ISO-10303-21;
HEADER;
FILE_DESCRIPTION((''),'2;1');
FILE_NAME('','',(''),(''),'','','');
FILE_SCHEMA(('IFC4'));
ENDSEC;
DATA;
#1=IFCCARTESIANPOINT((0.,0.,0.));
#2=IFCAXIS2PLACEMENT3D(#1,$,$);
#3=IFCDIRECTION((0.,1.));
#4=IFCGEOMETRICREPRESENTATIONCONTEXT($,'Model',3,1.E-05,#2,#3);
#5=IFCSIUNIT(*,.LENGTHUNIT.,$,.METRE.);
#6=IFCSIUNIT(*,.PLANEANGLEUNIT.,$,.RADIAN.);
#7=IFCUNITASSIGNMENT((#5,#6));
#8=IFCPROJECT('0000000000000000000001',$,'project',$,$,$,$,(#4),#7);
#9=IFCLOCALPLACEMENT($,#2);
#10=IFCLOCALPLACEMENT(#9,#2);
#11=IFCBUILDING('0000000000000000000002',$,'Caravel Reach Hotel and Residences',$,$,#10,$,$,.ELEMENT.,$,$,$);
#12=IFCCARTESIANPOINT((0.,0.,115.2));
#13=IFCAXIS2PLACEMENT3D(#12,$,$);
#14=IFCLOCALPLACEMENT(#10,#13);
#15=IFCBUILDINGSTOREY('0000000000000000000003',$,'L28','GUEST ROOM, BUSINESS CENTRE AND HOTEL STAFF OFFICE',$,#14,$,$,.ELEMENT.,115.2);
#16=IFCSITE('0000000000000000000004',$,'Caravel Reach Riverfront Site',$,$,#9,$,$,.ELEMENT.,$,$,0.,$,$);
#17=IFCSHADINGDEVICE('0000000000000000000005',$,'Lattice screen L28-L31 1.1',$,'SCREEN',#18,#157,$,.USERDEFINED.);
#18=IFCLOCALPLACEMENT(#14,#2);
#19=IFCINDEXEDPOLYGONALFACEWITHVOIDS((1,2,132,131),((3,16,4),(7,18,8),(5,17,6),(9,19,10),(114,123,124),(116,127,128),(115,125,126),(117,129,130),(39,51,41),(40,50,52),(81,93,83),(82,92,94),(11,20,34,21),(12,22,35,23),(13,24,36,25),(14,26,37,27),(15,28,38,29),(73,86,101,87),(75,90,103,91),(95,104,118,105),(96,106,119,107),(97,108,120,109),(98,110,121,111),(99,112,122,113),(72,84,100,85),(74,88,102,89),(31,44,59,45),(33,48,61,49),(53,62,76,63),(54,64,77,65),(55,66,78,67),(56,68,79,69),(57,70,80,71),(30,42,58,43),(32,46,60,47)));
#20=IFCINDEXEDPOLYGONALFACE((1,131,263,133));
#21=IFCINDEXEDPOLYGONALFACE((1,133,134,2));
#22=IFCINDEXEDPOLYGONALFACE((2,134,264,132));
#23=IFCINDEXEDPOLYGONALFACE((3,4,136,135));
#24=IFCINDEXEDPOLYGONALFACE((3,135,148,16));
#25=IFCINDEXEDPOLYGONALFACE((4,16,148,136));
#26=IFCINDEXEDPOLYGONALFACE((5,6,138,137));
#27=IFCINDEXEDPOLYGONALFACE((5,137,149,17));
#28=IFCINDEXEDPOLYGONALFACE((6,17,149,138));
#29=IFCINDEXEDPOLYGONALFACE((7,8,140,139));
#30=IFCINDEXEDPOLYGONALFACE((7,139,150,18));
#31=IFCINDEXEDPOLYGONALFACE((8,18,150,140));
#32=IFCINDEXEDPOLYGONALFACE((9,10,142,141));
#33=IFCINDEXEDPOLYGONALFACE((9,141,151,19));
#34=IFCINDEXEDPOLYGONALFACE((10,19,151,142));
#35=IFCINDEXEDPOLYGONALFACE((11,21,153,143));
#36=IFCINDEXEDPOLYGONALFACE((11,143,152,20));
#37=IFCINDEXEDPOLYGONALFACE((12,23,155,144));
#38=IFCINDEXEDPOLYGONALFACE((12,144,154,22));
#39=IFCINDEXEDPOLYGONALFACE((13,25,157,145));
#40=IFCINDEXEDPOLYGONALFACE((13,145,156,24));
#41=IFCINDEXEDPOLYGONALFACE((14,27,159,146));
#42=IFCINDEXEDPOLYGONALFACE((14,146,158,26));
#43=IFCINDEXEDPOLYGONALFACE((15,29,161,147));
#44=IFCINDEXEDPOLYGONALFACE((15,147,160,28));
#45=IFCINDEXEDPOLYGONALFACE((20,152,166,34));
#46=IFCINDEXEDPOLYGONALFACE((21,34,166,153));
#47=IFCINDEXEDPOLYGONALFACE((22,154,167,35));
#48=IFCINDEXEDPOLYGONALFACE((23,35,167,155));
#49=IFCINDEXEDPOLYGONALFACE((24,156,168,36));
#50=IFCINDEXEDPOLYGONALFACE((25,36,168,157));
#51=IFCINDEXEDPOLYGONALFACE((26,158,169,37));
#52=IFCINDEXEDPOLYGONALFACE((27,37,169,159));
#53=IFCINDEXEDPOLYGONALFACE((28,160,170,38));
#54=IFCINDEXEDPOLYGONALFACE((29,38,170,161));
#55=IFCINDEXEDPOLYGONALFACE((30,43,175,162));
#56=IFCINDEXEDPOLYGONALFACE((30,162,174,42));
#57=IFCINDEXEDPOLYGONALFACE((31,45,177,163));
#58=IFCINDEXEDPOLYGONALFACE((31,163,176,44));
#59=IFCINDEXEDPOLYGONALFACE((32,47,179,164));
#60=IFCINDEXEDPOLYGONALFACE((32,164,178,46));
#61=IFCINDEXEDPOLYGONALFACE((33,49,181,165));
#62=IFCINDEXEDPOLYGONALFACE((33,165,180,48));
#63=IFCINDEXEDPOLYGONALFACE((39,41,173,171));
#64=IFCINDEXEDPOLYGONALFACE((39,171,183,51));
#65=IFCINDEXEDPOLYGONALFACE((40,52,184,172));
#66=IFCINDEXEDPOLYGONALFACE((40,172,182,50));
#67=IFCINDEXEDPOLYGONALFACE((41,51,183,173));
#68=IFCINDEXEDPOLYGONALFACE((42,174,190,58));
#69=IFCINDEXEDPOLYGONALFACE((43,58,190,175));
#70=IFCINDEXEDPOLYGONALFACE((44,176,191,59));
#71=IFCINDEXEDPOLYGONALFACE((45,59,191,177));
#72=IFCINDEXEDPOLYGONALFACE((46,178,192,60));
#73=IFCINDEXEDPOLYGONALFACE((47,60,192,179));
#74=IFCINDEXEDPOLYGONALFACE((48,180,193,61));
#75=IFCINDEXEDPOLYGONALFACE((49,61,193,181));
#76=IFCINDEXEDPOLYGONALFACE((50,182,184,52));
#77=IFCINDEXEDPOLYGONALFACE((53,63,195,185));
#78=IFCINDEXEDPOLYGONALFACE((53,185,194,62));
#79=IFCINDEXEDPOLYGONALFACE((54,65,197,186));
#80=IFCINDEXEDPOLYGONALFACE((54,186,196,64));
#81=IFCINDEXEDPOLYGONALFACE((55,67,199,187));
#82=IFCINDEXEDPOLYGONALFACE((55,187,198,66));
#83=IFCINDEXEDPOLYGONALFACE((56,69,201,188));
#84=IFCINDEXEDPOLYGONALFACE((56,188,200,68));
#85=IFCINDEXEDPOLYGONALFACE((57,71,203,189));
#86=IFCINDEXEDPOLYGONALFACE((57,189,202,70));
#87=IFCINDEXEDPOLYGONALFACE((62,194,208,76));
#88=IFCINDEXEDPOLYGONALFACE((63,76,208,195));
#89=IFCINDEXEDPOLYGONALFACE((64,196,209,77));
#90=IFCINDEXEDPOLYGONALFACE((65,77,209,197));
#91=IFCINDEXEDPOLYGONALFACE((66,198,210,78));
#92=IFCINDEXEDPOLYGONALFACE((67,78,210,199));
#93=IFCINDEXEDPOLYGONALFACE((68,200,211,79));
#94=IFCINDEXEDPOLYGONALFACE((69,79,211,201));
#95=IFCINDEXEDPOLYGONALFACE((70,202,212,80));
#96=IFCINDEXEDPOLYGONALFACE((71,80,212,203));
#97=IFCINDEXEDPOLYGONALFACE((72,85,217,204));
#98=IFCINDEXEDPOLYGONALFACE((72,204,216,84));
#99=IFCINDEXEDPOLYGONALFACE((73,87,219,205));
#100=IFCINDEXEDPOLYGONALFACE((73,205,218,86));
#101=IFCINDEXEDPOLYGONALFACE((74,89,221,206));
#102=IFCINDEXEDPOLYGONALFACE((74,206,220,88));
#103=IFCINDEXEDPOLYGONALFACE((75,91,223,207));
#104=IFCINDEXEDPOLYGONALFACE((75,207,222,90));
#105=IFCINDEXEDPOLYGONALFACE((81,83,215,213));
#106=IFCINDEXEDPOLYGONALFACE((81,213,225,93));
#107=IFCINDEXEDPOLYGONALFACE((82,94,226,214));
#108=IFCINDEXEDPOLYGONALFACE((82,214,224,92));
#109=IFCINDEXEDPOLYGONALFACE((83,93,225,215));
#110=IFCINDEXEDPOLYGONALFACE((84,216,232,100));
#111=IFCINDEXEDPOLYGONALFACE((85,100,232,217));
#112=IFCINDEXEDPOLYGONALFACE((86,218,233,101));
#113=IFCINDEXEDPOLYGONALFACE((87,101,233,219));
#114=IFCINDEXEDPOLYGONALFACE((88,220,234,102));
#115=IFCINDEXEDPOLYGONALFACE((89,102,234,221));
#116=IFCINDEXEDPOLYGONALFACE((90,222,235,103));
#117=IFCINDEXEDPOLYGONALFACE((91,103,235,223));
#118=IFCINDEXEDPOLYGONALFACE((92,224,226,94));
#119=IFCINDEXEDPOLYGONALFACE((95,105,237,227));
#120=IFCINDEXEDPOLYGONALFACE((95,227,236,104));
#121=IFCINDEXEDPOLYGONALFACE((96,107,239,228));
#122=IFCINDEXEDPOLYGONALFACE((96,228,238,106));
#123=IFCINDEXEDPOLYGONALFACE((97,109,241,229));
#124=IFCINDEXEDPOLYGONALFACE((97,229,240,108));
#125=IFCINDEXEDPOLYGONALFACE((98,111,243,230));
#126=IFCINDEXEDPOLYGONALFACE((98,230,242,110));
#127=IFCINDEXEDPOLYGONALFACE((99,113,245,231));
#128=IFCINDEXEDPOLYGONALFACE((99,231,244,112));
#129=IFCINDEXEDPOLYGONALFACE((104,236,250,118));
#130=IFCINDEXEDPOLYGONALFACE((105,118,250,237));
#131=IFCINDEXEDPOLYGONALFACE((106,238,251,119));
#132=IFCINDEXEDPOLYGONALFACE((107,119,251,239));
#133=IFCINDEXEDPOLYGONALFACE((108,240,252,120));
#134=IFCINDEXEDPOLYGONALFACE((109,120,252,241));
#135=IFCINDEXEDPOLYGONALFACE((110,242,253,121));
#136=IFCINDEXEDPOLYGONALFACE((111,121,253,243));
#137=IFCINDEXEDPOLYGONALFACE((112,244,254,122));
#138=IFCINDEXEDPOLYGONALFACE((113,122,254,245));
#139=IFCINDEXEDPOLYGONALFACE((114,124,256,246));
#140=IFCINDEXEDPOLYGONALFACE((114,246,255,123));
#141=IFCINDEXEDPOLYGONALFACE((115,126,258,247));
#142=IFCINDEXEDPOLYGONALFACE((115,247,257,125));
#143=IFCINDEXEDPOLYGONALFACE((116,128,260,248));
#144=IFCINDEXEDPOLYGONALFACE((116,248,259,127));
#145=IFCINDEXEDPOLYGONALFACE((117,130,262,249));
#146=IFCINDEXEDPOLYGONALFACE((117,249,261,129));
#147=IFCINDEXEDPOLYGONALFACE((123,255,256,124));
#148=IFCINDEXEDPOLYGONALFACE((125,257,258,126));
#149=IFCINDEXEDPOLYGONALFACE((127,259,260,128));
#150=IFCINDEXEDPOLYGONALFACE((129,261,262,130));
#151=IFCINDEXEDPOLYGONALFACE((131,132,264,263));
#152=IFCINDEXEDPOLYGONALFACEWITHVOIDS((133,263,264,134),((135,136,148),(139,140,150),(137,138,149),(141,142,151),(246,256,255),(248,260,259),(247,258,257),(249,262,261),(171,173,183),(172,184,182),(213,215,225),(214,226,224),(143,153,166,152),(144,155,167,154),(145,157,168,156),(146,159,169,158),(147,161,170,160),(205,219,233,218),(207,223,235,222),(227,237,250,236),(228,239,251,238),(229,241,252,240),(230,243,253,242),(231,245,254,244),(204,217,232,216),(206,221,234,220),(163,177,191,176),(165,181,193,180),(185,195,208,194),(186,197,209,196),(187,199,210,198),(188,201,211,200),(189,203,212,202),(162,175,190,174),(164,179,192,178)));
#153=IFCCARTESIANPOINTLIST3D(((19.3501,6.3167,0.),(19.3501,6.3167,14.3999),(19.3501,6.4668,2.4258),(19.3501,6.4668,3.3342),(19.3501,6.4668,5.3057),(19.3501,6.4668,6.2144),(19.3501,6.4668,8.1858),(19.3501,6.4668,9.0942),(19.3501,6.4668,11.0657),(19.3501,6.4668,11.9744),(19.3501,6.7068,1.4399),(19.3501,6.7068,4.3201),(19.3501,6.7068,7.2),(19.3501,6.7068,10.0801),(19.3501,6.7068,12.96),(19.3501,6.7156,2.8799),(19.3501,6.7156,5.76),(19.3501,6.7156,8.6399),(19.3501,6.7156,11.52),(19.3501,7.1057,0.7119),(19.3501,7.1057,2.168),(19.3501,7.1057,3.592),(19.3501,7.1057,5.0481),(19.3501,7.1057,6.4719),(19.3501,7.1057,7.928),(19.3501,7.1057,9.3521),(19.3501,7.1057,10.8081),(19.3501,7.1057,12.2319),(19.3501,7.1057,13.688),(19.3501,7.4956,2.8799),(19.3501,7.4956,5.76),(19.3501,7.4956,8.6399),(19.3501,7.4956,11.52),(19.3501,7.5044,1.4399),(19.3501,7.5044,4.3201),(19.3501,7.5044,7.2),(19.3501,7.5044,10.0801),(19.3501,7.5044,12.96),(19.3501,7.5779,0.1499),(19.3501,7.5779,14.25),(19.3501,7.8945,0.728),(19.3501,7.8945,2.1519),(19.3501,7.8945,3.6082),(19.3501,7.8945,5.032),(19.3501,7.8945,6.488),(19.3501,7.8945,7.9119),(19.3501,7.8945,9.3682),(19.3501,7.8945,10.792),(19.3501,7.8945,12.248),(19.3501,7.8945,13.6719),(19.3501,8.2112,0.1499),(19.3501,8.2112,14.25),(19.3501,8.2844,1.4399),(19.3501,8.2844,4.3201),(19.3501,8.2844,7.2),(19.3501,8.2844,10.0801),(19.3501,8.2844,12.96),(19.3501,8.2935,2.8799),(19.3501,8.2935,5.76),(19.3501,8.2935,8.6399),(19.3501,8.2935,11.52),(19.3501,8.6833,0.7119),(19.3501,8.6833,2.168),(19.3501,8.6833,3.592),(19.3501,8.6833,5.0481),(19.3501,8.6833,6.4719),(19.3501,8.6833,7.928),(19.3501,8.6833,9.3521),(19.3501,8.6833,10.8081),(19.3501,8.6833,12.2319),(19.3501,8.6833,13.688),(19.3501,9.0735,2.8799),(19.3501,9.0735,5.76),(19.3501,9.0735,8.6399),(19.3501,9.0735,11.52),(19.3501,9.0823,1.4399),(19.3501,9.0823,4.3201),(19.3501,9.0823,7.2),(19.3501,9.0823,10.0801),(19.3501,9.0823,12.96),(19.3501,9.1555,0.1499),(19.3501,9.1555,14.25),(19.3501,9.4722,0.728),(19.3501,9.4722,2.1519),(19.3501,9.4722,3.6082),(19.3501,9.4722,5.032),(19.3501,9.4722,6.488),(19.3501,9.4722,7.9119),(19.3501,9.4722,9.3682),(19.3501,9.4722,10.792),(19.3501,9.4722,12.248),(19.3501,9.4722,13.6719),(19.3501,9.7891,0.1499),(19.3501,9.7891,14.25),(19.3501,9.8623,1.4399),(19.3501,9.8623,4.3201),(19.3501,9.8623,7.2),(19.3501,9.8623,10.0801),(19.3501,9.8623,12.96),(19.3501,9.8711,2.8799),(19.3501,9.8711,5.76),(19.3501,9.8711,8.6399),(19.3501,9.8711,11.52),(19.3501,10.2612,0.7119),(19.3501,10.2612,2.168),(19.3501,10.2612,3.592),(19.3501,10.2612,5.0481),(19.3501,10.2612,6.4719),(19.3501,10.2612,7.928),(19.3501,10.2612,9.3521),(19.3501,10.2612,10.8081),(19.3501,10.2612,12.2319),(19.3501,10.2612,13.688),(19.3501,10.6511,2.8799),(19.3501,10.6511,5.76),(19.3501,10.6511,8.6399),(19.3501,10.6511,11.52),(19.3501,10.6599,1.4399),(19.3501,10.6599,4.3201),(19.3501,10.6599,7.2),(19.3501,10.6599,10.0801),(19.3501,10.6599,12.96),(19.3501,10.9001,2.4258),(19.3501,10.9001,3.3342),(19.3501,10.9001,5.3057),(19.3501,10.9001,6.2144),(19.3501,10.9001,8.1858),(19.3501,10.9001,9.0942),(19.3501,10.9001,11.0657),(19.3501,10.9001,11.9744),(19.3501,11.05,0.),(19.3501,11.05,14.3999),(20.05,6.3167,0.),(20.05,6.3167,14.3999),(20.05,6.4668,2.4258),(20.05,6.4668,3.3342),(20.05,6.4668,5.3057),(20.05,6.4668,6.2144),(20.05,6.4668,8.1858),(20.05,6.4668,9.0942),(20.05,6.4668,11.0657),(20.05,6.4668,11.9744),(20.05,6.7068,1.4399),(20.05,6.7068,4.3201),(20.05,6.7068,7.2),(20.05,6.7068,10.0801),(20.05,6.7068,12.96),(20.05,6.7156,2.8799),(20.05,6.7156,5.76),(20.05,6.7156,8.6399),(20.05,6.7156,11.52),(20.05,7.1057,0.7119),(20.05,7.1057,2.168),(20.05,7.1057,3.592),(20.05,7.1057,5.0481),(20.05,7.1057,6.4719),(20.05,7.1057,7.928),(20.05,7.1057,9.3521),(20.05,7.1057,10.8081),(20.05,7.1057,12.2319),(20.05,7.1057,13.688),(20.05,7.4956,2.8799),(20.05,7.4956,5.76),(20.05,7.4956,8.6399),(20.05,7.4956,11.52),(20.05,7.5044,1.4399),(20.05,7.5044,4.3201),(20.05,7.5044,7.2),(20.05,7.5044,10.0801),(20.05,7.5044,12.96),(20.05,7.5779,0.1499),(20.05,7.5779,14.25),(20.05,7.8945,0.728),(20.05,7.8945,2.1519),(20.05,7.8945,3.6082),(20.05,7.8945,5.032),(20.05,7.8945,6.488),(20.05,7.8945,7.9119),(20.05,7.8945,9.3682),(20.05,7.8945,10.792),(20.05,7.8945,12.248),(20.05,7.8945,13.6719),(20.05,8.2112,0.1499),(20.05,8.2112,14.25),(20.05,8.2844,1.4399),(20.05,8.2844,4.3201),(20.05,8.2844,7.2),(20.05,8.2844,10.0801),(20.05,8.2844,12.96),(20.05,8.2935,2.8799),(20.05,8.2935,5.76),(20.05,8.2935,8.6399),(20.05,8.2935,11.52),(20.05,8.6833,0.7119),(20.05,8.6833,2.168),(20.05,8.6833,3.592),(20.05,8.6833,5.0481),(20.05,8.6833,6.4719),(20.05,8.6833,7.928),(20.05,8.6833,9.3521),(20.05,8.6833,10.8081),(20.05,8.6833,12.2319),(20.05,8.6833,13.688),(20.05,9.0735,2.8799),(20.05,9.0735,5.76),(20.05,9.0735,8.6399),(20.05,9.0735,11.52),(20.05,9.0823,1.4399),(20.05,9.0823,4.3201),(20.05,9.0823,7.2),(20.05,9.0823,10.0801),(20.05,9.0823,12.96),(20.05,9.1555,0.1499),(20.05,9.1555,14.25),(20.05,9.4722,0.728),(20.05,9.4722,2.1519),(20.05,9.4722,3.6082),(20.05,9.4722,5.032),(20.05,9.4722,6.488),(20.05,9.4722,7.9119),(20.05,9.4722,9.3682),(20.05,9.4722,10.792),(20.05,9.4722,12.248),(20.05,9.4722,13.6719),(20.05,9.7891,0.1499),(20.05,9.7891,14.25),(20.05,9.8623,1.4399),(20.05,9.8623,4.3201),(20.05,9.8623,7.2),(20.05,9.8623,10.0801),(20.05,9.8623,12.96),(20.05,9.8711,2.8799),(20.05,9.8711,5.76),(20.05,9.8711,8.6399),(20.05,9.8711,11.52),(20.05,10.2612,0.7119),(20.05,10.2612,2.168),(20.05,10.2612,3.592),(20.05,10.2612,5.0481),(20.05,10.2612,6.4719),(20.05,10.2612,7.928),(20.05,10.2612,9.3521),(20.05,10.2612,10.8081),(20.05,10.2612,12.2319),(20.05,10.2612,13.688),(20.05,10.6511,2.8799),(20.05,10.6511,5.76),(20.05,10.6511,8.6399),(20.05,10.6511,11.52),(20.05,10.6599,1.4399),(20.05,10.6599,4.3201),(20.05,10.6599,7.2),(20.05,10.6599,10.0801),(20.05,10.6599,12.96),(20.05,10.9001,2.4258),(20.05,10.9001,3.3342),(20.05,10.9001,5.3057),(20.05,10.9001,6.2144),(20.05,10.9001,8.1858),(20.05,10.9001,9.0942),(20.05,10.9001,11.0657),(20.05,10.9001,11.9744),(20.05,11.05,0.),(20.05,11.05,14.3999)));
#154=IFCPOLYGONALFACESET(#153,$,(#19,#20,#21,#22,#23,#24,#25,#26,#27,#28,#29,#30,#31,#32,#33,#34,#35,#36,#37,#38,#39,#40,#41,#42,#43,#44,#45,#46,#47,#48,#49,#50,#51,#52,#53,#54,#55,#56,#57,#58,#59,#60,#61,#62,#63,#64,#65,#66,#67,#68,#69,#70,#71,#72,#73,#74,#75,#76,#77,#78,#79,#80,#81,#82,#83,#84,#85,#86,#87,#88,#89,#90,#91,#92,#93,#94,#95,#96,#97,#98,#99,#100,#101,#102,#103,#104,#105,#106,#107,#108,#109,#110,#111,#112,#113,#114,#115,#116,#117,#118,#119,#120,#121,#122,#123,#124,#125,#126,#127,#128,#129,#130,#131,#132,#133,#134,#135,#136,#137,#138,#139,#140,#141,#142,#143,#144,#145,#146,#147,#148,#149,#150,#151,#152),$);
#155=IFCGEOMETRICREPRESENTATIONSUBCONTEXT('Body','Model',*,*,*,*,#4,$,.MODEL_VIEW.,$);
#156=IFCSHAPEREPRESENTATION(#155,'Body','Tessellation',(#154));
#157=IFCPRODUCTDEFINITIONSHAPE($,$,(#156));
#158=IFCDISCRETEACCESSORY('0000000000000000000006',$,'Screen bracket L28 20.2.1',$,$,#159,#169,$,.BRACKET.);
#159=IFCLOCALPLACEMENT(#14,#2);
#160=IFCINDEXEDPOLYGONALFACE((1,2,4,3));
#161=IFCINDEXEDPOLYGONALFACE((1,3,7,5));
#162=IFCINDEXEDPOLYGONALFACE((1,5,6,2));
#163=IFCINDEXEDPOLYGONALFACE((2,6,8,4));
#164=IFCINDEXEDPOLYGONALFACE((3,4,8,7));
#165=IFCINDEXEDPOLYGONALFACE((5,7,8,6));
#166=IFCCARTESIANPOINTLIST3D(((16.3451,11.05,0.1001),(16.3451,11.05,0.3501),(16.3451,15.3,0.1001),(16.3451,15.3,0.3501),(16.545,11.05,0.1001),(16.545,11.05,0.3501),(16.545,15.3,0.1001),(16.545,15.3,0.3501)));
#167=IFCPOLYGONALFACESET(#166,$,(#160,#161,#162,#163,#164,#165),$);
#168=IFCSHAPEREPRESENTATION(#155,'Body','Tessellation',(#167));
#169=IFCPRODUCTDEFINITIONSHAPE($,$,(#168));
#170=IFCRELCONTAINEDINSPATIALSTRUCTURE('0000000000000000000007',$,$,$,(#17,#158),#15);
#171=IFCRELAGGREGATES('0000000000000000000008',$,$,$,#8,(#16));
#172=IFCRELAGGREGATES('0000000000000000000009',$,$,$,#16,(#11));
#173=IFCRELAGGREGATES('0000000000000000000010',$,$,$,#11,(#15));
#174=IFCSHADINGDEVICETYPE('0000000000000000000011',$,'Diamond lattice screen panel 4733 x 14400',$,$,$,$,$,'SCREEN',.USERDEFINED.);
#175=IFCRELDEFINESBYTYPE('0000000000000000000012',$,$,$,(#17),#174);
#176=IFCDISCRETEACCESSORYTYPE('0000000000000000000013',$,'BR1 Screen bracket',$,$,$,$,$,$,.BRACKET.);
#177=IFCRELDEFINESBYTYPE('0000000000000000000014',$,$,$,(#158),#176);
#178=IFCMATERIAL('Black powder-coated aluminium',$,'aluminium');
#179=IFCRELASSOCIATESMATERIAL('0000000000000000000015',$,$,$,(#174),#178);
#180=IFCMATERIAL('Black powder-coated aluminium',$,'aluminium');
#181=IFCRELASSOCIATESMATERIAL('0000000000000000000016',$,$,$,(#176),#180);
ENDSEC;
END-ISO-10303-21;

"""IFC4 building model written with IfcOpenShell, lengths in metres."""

from ifc_helpers import new_model, si_unit, direction, frame, origin, origin_2d, place, context, subcontext, project, spatial, polyline, rectangle, outline, extrude, material, type_object, element, save


model = new_model("IFC4")

# Units and contexts
model_context = context("Model", 3, precision=1e-05, world=origin(), true_north=direction((0.0, 1.0)))
body_context = subcontext(model_context, "Body", "Model", "MODEL_VIEW")
ifc_project = project(units=[si_unit("LENGTHUNIT", "METRE"), si_unit("PLANEANGLEUNIT", "RADIAN")], contexts=[model_context])

# Site, building, storey
site_placement = place(None, origin())
site = spatial("IfcSite", under=ifc_project, at=site_placement, Name="Caravel Reach Riverfront Site", CompositionType="ELEMENT", RefElevation=0.0)
building_placement = place(site_placement, origin())
building = spatial("IfcBuilding", under=site, at=building_placement, Name="Caravel Reach Hotel and Residences", CompositionType="ELEMENT")
storey_placement = place(building_placement, frame((0.0, 0.0, 115.2)))
storey = spatial("IfcBuildingStorey", under=building, at=storey_placement, Name="L28", Description="GUEST ROOM, BUSINESS CENTRE AND HOTEL STAFF OFFICE", CompositionType="ELEMENT", Elevation=115.2)

# Shading device
ifc_material_1 = material(Name="Black powder-coated aluminium", Category="aluminium")
shading_device_type = type_object("IfcShadingDeviceType", Name="Diamond lattice screen panel 4733 x 14400", ElementType="SCREEN", PredefinedType="USERDEFINED", material=ifc_material_1)
shading_device_placement = place(storey_placement, frame((20.05, 11.05, 0.0), z_axis=(-1.0, 0.0, 0.0), x_axis=(0.0, -1.0, 0.0)))
element("IfcShadingDevice", 1, at=shading_device_placement, inside=storey, type_object=shading_device_type, Name="Lattice screen L28-L31 1.1", ObjectType="SCREEN", PredefinedType="USERDEFINED", context=body_context, shape_type="SweptSolid", body=[
    extrude(outline(polyline([(0.0, 0.0), (4.7334, 0.0), (4.7334, 14.3999), (0.0, 14.3999), (0.0, 0.0)]), holes=[polyline([(0.3989, 2.8799), (0.1499, 3.3342), (0.1499, 2.4258), (0.3989, 2.8799)]), polyline([(0.3989, 5.76), (0.1499, 6.2144), (0.1499, 5.3057), (0.3989, 5.76)]), polyline([(0.3989, 8.6399), (0.1499, 9.0942), (0.1499, 8.1858), (0.3989, 8.6399)]), polyline([(0.3989, 11.52), (0.1499, 11.9744), (0.1499, 11.0657), (0.3989, 11.52)]), polyline([(0.7888, 2.168), (0.3901, 1.4399), (0.7888, 0.7119), (1.1877, 1.4399), (0.7888, 2.168)]), polyline([(0.7888, 5.0481), (0.3901, 4.3201), (0.7888, 3.592), (1.1877, 4.3201), (0.7888, 5.0481)]), polyline([(0.7888, 7.928), (0.3901, 7.2), (0.7888, 6.4719), (1.1877, 7.2), (0.7888, 7.928)]), polyline([(0.7888, 10.8081), (0.3901, 10.0801), (0.7888, 9.3521), (1.1877, 10.0801), (0.7888, 10.8081)]), polyline([(0.7888, 13.688), (0.3901, 12.96), (0.7888, 12.2319), (1.1877, 12.96), (0.7888, 13.688)]), polyline([(1.5779, 0.728), (1.261, 0.1499), (1.8945, 0.1499), (1.5779, 0.728)]), polyline([(1.5779, 3.6082), (1.179, 2.8799), (1.5779, 2.1519), (1.9766, 2.8799), (1.5779, 3.6082)]), polyline([(1.5779, 6.488), (1.179, 5.76), (1.5779, 5.032), (1.9766, 5.76), (1.5779, 6.488)]), polyline([(1.5779, 9.3682), (1.179, 8.6399), (1.5779, 7.9119), (1.9766, 8.6399), (1.5779, 9.3682)]), polyline([(1.5779, 12.248), (1.179, 11.52), (1.5779, 10.792), (1.9766, 11.52), (1.5779, 12.248)]), polyline([(1.5779, 13.6719), (1.8945, 14.25), (1.261, 14.25), (1.5779, 13.6719)]), polyline([(2.3667, 2.168), (1.9678, 1.4399), (2.3667, 0.7119), (2.7656, 1.4399), (2.3667, 2.168)]), polyline([(2.3667, 5.0481), (1.9678, 4.3201), (2.3667, 3.592), (2.7656, 4.3201), (2.3667, 5.0481)]), polyline([(2.3667, 7.928), (1.9678, 7.2), (2.3667, 6.4719), (2.7656, 7.2), (2.3667, 7.928)]), polyline([(2.3667, 10.8081), (1.9678, 10.0801), (2.3667, 9.3521), (2.7656, 10.0801), (2.3667, 10.8081)]), polyline([(2.3667, 13.688), (1.9678, 12.96), (2.3667, 12.2319), (2.7656, 12.96), (2.3667, 13.688)]), polyline([(3.1555, 0.728), (2.8389, 0.1499), (3.4722, 0.1499), (3.1555, 0.728)]), polyline([(3.1555, 3.6082), (2.7566, 2.8799), (3.1555, 2.1519), (3.5544, 2.8799), (3.1555, 3.6082)]), polyline([(3.1555, 6.488), (2.7566, 5.76), (3.1555, 5.032), (3.5544, 5.76), (3.1555, 6.488)]), polyline([(3.1555, 9.3682), (2.7566, 8.6399), (3.1555, 7.9119), (3.5544, 8.6399), (3.1555, 9.3682)]), polyline([(3.1555, 12.248), (2.7566, 11.52), (3.1555, 10.792), (3.5544, 11.52), (3.1555, 12.248)]), polyline([(3.1555, 13.6719), (3.4722, 14.25), (2.8389, 14.25), (3.1555, 13.6719)]), polyline([(3.9443, 2.168), (3.5457, 1.4399), (3.9443, 0.7119), (4.3433, 1.4399), (3.9443, 2.168)]), polyline([(3.9443, 5.0481), (3.5457, 4.3201), (3.9443, 3.592), (4.3433, 4.3201), (3.9443, 5.0481)]), polyline([(3.9443, 7.928), (3.5457, 7.2), (3.9443, 6.4719), (4.3433, 7.2), (3.9443, 7.928)]), polyline([(3.9443, 10.8081), (3.5457, 10.0801), (3.9443, 9.3521), (4.3433, 10.0801), (3.9443, 10.8081)]), polyline([(3.9443, 13.688), (3.5457, 12.96), (3.9443, 12.2319), (4.3433, 12.96), (3.9443, 13.688)]), polyline([(4.3345, 2.8799), (4.5833, 2.4258), (4.5833, 3.3342), (4.3345, 2.8799)]), polyline([(4.3345, 5.76), (4.5833, 5.3057), (4.5833, 6.2144), (4.3345, 5.76)]), polyline([(4.3345, 8.6399), (4.5833, 8.1858), (4.5833, 9.0942), (4.3345, 8.6399)]), polyline([(4.3345, 11.52), (4.5833, 11.0657), (4.5833, 11.9744), (4.3345, 11.52)])]), origin(), (0.0, 0.0, 1.0), 0.7),
])

# Discrete accessory
ifc_material_2 = material(Name="Black powder-coated aluminium", Category="aluminium")
discrete_accessory_type = type_object("IfcDiscreteAccessoryType", Name="BR1 Screen bracket", PredefinedType="BRACKET", material=ifc_material_2)
discrete_accessory_placement = place(storey_placement, frame((16.4451, 13.175, 0.1001), z_axis=(0.0, 0.0, 1.0), x_axis=(0.0, -1.0, 0.0)))
element("IfcDiscreteAccessory", 2, at=discrete_accessory_placement, inside=storey, type_object=discrete_accessory_type, Name="Screen bracket L28 20.2.1", PredefinedType="BRACKET", context=body_context, shape_type="SweptSolid", body=[
    extrude(rectangle(XDim=4.25, YDim=0.2, at=origin_2d()), origin(), (0.0, 0.0, 1.0), 0.25),
])

save(model, "model.ifc")
